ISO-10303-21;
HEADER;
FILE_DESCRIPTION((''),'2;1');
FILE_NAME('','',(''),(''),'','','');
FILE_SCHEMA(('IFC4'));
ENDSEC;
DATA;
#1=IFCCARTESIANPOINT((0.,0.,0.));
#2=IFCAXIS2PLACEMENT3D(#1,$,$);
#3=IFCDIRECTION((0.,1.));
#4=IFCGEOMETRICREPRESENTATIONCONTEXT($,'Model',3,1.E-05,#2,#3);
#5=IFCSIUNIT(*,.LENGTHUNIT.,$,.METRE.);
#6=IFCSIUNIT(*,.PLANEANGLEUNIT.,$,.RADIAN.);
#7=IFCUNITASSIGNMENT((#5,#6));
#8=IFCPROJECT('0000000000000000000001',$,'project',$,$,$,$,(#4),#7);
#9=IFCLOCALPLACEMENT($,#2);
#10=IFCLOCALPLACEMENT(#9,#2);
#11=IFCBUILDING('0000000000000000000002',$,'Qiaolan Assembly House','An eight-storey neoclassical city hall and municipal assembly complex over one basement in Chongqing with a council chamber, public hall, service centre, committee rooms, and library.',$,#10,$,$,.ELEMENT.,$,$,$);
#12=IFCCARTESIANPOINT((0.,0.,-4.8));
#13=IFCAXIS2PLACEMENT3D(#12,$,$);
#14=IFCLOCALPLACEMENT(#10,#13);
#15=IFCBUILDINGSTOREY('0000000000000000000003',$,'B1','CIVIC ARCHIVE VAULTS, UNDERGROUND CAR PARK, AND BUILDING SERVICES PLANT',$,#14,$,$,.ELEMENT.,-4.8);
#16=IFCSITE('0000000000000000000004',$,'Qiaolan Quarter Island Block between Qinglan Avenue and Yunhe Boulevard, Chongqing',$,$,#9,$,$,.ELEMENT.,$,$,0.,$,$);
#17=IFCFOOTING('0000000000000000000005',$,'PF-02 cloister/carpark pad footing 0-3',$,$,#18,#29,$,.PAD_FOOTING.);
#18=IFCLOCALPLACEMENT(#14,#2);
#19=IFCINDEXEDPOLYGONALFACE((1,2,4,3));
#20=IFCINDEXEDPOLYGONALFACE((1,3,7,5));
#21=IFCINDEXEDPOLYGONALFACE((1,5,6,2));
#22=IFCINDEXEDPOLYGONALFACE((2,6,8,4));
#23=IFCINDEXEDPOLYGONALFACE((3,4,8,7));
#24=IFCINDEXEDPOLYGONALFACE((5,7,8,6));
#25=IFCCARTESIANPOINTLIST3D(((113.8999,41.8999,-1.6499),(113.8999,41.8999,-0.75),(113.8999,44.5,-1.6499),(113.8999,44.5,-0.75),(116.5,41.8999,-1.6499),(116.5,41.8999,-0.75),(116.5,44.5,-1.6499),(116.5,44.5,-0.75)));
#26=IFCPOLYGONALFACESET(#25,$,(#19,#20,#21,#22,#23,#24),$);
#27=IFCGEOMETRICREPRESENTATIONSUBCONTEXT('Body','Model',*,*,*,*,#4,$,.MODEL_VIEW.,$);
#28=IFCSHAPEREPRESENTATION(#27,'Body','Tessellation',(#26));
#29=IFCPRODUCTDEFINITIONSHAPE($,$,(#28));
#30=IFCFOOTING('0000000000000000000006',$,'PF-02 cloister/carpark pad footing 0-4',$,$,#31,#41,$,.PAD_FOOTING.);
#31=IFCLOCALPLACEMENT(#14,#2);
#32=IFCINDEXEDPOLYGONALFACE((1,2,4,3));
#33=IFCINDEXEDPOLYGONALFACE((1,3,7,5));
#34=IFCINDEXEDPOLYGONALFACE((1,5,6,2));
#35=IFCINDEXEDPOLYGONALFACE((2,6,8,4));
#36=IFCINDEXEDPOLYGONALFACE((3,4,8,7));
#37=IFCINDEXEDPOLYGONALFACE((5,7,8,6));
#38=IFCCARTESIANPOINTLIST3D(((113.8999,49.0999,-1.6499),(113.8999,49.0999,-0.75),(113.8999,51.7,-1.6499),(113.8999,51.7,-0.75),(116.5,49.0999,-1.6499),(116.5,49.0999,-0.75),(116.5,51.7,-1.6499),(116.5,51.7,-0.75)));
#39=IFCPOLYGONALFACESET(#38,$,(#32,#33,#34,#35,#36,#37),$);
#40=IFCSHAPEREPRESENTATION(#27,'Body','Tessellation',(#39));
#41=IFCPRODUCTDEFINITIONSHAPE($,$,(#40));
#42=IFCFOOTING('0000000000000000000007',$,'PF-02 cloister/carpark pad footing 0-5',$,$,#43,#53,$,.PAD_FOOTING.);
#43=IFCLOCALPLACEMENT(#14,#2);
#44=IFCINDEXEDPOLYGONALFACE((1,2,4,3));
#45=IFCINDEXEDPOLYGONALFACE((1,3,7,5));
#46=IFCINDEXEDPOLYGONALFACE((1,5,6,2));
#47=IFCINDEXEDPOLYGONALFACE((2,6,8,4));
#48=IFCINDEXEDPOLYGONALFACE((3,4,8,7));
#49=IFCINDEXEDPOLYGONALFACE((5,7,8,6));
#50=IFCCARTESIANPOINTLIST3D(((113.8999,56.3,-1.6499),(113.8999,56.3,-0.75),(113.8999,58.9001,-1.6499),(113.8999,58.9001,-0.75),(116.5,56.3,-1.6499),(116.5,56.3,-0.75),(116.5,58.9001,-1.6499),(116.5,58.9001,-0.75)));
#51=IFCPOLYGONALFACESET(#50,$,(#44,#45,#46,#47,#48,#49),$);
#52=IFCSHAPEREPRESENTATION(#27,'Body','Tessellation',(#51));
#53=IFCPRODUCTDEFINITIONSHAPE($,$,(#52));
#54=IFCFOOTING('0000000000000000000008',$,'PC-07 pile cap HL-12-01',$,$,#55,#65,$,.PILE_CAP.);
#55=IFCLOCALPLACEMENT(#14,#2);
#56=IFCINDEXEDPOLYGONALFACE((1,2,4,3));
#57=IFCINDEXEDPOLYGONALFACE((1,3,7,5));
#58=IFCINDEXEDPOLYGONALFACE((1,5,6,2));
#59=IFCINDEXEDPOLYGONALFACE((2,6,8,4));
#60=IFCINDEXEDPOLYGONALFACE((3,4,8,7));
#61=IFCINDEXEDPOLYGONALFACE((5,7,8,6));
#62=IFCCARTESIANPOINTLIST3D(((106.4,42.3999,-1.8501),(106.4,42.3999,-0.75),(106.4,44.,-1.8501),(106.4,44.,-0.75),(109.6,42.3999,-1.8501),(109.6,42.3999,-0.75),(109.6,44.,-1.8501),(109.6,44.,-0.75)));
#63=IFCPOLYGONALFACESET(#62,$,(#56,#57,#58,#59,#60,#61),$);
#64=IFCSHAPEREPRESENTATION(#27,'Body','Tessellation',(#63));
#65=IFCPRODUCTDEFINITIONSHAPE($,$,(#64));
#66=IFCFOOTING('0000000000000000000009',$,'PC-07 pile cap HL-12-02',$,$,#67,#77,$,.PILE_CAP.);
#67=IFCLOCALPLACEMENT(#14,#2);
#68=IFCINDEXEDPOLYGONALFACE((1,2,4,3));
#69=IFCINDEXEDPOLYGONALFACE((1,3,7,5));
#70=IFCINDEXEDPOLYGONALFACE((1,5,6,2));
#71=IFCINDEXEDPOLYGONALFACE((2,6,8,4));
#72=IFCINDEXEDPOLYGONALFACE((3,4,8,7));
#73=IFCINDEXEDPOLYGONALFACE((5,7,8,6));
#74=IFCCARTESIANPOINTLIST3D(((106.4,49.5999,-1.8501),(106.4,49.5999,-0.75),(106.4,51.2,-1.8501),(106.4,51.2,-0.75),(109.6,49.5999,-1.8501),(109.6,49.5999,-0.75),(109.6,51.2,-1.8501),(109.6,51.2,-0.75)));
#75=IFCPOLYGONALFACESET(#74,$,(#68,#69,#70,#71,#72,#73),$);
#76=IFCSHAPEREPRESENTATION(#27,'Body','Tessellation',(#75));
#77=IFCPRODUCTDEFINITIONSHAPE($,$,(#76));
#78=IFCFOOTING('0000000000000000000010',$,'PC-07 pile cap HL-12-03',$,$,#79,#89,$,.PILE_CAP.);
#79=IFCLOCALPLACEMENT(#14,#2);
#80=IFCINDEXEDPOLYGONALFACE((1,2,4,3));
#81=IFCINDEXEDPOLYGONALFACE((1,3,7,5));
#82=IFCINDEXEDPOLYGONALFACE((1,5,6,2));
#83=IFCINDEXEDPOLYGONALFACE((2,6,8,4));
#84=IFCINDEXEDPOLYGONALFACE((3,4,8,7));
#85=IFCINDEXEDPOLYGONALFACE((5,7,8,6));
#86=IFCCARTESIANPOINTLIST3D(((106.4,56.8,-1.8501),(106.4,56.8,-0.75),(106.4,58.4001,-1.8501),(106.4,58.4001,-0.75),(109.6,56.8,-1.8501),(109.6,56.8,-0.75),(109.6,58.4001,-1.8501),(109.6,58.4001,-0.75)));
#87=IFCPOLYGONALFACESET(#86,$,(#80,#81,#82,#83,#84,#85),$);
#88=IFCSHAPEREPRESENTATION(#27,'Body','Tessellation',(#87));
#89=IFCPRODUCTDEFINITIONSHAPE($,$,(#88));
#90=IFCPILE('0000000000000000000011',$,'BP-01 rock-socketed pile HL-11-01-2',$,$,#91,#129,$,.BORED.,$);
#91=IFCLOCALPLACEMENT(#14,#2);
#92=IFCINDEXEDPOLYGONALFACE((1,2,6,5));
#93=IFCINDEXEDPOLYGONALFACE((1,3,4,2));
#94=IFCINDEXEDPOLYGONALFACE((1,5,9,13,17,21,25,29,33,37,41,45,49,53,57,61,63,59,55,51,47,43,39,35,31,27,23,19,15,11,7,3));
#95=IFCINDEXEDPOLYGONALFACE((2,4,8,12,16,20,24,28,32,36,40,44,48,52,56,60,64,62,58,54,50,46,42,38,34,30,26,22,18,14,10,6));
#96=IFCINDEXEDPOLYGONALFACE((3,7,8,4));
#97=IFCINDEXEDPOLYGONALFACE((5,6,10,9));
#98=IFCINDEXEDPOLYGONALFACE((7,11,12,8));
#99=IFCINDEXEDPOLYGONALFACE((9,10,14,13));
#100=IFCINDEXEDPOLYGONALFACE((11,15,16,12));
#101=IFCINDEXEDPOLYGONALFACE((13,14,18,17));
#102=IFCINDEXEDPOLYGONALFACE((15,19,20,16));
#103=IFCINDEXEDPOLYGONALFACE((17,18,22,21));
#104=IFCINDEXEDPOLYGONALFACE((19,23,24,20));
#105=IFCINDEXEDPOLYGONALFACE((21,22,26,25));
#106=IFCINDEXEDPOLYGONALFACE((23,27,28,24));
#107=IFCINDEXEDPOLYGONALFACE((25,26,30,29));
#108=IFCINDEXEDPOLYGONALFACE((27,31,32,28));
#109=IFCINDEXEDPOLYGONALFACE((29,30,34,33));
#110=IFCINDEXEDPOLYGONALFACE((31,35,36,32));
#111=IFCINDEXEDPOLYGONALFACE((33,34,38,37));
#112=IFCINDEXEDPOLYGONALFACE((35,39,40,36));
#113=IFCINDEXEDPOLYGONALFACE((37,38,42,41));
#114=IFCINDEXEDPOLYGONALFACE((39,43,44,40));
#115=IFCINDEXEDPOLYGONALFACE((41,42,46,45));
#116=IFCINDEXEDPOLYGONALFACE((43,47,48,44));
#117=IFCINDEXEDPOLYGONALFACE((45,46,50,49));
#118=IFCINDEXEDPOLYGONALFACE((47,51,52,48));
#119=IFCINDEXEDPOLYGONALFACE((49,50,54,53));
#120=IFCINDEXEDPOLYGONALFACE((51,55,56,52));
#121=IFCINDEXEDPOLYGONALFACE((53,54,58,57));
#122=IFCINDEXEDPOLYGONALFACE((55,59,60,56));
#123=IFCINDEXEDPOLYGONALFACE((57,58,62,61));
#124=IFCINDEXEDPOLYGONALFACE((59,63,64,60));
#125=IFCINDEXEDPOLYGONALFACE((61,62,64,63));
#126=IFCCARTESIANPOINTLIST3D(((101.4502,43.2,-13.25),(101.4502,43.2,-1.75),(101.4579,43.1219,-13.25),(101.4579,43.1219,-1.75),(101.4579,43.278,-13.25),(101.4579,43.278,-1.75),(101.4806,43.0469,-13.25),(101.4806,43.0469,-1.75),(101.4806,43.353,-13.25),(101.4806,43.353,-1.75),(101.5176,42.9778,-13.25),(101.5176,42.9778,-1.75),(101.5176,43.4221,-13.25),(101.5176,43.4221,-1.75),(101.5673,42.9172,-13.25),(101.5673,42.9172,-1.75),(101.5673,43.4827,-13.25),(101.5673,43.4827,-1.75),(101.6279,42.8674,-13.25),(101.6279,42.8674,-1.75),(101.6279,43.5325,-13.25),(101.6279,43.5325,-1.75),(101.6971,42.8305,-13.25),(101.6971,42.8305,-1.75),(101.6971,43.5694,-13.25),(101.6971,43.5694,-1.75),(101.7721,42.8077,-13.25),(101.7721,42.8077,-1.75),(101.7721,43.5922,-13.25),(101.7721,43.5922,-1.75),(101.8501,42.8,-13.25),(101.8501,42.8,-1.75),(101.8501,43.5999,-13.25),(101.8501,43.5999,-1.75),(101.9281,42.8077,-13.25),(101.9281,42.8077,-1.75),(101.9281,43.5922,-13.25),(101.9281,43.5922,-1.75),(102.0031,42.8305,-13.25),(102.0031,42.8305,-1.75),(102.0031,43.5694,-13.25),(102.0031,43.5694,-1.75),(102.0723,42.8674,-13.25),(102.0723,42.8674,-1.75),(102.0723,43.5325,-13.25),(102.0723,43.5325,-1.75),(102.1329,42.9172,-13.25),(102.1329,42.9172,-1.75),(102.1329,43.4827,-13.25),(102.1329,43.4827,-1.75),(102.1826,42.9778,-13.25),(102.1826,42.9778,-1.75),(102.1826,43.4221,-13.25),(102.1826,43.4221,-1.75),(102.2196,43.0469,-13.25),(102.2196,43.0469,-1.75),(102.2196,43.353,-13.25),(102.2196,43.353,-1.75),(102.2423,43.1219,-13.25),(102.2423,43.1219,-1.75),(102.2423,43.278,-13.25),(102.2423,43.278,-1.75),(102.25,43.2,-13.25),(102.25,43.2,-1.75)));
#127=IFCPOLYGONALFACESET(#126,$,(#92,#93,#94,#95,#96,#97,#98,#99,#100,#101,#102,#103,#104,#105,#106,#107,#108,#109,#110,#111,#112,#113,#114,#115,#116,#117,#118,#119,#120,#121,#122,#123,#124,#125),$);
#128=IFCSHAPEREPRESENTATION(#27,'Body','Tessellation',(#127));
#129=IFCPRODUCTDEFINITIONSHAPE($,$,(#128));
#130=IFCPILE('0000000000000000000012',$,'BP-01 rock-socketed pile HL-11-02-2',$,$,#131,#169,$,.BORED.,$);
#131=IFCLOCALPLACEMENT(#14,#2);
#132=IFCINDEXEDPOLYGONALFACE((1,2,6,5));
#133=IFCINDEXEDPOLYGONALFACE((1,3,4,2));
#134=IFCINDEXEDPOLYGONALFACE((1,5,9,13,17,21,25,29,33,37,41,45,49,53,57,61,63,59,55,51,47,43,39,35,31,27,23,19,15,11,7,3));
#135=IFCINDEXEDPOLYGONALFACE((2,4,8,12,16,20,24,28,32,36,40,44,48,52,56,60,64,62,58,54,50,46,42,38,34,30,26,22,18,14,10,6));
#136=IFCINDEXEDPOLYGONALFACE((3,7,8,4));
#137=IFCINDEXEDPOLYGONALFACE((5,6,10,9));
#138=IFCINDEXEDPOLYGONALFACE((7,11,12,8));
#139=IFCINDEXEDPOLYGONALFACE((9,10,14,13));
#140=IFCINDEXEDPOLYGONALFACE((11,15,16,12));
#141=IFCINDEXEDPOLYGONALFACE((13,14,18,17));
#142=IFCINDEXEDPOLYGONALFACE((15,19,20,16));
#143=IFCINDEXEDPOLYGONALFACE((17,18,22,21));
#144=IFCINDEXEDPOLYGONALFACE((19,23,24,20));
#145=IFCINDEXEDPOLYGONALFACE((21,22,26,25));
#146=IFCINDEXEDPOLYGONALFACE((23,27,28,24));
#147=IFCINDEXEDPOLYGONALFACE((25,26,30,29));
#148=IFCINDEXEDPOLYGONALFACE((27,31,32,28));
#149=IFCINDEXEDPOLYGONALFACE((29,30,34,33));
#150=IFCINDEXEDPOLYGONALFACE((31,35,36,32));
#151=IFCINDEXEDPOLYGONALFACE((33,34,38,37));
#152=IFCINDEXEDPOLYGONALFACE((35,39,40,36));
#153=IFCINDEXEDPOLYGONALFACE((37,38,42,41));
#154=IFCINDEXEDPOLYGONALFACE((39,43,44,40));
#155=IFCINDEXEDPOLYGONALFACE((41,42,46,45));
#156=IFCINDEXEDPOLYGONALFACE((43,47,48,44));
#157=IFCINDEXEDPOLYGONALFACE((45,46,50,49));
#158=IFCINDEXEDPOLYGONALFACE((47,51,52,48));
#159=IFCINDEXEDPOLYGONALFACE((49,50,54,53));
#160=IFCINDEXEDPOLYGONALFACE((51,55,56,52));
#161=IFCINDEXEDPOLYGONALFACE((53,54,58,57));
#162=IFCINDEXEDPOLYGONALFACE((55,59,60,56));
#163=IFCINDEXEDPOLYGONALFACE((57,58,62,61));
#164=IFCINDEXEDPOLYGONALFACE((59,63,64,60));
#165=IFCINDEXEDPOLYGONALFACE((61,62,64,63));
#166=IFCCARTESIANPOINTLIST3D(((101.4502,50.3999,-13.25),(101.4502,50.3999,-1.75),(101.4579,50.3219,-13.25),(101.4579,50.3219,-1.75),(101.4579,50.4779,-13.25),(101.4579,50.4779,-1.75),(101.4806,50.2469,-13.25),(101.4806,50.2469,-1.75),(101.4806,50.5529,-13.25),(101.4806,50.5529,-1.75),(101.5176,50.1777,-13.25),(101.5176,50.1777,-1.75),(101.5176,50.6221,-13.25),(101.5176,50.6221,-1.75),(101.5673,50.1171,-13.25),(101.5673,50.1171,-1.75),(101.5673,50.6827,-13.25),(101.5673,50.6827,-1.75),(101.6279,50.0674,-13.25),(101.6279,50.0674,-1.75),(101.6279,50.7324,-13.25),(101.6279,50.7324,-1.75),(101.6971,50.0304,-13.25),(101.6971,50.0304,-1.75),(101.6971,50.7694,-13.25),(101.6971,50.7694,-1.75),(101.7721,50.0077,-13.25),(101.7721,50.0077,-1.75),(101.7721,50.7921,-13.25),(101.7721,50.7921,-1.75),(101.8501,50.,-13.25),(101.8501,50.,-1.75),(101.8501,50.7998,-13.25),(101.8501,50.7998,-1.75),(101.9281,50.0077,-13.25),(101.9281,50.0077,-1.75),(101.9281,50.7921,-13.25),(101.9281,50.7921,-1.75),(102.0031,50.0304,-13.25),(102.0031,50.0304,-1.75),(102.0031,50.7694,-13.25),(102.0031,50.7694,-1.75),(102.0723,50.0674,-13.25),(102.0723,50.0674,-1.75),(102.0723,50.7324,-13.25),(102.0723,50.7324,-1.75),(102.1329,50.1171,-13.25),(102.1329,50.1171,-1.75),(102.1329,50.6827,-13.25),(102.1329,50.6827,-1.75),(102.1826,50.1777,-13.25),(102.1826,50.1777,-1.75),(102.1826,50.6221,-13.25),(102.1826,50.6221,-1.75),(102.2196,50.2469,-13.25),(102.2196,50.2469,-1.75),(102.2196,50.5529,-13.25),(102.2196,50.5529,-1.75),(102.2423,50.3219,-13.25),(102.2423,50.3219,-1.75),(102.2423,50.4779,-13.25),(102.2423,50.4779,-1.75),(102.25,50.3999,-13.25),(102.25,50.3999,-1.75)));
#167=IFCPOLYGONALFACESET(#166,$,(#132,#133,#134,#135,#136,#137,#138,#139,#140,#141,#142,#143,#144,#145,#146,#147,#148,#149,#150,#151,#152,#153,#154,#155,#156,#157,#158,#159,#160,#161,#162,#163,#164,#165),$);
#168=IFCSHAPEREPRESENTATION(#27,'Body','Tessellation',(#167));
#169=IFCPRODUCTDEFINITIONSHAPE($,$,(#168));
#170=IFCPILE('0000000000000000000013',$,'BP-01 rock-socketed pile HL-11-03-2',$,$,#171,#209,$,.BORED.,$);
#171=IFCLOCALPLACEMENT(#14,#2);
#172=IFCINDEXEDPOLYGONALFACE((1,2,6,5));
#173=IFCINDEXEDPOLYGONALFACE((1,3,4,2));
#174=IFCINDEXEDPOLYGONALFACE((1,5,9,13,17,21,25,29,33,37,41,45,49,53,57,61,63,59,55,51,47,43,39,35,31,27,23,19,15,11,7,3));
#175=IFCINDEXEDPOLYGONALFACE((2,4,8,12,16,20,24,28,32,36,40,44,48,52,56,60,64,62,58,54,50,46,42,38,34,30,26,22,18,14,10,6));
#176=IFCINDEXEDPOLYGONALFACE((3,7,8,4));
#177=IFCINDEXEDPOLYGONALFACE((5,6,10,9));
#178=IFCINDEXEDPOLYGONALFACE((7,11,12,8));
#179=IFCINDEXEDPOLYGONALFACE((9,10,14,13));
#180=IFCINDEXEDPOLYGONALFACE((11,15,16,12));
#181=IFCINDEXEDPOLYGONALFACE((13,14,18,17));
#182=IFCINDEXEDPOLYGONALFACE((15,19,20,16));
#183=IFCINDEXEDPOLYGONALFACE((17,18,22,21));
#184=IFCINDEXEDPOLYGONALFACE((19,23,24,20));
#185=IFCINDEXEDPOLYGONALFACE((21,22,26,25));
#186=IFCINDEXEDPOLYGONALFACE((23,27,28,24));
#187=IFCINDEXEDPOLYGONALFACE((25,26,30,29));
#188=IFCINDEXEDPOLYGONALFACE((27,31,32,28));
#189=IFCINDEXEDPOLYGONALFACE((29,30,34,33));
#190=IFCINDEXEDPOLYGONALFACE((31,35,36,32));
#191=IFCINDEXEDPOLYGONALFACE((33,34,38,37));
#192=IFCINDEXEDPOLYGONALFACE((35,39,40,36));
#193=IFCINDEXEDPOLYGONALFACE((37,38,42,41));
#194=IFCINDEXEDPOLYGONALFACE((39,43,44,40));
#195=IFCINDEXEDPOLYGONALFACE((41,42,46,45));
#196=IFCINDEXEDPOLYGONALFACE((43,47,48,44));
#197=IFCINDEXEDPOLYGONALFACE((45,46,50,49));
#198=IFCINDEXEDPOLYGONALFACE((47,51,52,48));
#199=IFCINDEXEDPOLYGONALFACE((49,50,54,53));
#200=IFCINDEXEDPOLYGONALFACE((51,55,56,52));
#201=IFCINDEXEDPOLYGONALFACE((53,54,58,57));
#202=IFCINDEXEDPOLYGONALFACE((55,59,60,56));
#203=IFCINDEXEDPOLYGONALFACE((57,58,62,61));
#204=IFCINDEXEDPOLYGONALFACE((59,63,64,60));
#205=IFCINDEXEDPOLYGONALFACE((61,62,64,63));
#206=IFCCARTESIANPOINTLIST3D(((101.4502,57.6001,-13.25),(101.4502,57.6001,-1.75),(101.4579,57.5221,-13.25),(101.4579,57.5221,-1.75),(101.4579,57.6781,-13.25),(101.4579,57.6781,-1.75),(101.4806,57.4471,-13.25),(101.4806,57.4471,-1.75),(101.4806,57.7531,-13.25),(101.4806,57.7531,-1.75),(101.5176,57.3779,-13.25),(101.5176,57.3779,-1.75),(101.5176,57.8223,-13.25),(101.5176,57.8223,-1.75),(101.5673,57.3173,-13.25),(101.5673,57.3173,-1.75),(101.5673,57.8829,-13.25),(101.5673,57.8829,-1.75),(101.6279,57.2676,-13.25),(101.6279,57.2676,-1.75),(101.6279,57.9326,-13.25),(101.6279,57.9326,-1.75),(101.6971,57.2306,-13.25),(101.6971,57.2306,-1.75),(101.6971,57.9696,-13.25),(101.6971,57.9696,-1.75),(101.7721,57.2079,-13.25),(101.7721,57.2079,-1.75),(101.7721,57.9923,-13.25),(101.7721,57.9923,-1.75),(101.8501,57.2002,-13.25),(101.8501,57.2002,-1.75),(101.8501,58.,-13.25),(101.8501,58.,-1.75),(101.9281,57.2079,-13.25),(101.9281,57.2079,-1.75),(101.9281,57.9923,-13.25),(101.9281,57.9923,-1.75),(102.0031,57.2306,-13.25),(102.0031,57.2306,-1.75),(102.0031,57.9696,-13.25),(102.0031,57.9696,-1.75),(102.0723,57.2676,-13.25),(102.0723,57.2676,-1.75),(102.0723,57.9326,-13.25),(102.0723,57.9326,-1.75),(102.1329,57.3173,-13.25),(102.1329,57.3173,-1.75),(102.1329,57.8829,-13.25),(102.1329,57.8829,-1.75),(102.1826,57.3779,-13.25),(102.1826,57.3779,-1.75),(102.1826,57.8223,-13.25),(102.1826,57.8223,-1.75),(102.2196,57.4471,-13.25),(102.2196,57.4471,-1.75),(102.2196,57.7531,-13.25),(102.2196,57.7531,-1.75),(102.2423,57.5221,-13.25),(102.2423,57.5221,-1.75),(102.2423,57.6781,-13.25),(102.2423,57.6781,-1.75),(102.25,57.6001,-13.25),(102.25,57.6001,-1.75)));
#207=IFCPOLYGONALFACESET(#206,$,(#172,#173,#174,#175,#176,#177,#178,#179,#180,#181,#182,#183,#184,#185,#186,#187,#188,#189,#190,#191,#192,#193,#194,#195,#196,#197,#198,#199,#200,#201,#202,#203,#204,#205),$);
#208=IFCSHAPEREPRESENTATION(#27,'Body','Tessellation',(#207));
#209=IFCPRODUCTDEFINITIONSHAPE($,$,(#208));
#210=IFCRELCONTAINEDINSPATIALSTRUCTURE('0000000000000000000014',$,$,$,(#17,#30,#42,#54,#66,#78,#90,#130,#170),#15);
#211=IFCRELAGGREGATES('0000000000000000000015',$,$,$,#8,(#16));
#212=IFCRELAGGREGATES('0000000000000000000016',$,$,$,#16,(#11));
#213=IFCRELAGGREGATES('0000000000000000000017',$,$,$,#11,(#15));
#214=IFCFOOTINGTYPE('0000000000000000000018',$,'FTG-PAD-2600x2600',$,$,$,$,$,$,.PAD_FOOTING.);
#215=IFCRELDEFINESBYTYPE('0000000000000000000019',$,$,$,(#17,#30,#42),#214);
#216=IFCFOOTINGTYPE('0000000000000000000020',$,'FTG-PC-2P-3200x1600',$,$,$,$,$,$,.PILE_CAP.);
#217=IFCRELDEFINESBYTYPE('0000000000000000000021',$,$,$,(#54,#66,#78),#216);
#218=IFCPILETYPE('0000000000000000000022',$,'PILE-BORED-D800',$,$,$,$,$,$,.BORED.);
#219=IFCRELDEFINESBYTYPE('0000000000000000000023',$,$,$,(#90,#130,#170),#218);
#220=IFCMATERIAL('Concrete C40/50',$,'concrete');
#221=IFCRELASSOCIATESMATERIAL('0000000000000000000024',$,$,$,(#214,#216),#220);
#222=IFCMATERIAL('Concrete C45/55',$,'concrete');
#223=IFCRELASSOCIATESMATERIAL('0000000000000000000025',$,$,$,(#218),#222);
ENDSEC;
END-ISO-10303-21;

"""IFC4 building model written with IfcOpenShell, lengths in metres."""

from ifc_helpers import new_model, si_unit, direction, frame, origin, origin_2d, place, context, subcontext, project, spatial, rectangle, circle, extrude, material, material_profile, profile_set, type_object, element, save


model = new_model("IFC4")

# Units and contexts
model_context = context("Model", 3, precision=1e-05, world=origin(), true_north=direction((0.0, 1.0)))
body_context = subcontext(model_context, "Body", "Model", "MODEL_VIEW")
ifc_project = project(units=[si_unit("LENGTHUNIT", "METRE"), si_unit("PLANEANGLEUNIT", "RADIAN")], contexts=[model_context])

# Site, building, storey
site_placement = place(None, origin())
site = spatial("IfcSite", under=ifc_project, at=site_placement, Name="Qiaolan Quarter Island Block between Qinglan Avenue and Yunhe Boulevard, Chongqing", CompositionType="ELEMENT", RefElevation=0.0)
building_placement = place(site_placement, origin())
building = spatial("IfcBuilding", under=site, at=building_placement, Name="Qiaolan Assembly House", Description="An eight-storey neoclassical city hall and municipal assembly complex over one basement in Chongqing with a council chamber, public hall, service centre, committee rooms, and library.", CompositionType="ELEMENT")
storey_placement = place(building_placement, frame((0.0, 0.0, -4.8)))
storey = spatial("IfcBuildingStorey", under=building, at=storey_placement, Name="B1", Description="CIVIC ARCHIVE VAULTS, UNDERGROUND CAR PARK, AND BUILDING SERVICES PLANT", CompositionType="ELEMENT", Elevation=-4.8)

# Footings
ifc_material_1 = material(Name="Concrete C40/50", Category="concrete")
footing_type_1 = type_object("IfcFootingType", Name="FTG-PAD-2600x2600", PredefinedType="PAD_FOOTING", material=ifc_material_1)
for number, where, z_axis, x_axis, name in (
    (1, (115.2, 43.2, -1.6499), (0.0, 0.0, 1.0), (1.0, 0.0, 0.0), "PF-02 cloister/carpark pad footing 0-3"),
    (2, (115.2, 50.3999, -1.6499), (0.0, 0.0, 1.0), (1.0, 0.0, 0.0), "PF-02 cloister/carpark pad footing 0-4"),
    (3, (115.2, 57.6001, -1.6499), (0.0, 0.0, 1.0), (1.0, 0.0, 0.0), "PF-02 cloister/carpark pad footing 0-5"),
):
    element("IfcFooting", number, at=place(storey_placement, frame(where, z_axis=z_axis, x_axis=x_axis)), inside=storey, type_object=footing_type_1, Name=name, PredefinedType="PAD_FOOTING", context=body_context, shape_type="SweptSolid", body=[
        extrude(rectangle(XDim=2.6001, YDim=2.6001, at=origin_2d()), origin(), (0.0, 0.0, 1.0), 0.8999),
    ])
footing_type_2 = type_object("IfcFootingType", Name="FTG-PC-2P-3200x1600", PredefinedType="PILE_CAP", material=ifc_material_1)
for number, where, z_axis, x_axis, name in (
    (4, (108.0, 43.2, -1.8501), (0.0, 0.0, 1.0), (1.0, 0.0, 0.0), "PC-07 pile cap HL-12-01"),
    (5, (108.0, 50.3999, -1.8501), (0.0, 0.0, 1.0), (1.0, 0.0, 0.0), "PC-07 pile cap HL-12-02"),
    (6, (108.0, 57.6001, -1.8501), (0.0, 0.0, 1.0), (1.0, 0.0, 0.0), "PC-07 pile cap HL-12-03"),
):
    element("IfcFooting", number, at=place(storey_placement, frame(where, z_axis=z_axis, x_axis=x_axis)), inside=storey, type_object=footing_type_2, Name=name, PredefinedType="PILE_CAP", context=body_context, shape_type="SweptSolid", body=[
        extrude(rectangle(XDim=3.2, YDim=1.6001, at=origin_2d()), origin(), (0.0, 0.0, 1.0), 1.1001),
    ])

# Piles
ifc_material_2 = material(Name="Concrete C45/55", Category="concrete")
ifc_material_profile_1 = material_profile(ifc_material_2, circle(Radius=0.3999, at=origin_2d()), Name="PILE D800")
ifc_profile_set_1 = profile_set([ifc_material_profile_1], Name="Concrete C45/55")
pile_type = type_object("IfcPileType", Name="PILE-BORED-D800", PredefinedType="BORED", material=ifc_profile_set_1)
for number, where, z_axis, x_axis, name in (
    (7, (101.8501, 43.2, -1.75), (0.0, 0.0, -1.0), (1.0, 0.0, 0.0), "BP-01 rock-socketed pile HL-11-01-2"),
    (8, (101.8501, 50.3999, -1.75), (0.0, 0.0, -1.0), (1.0, 0.0, 0.0), "BP-01 rock-socketed pile HL-11-02-2"),
    (9, (101.8501, 57.6001, -1.75), (0.0, 0.0, -1.0), (1.0, 0.0, 0.0), "BP-01 rock-socketed pile HL-11-03-2"),
):
    element("IfcPile", number, at=place(storey_placement, frame(where, z_axis=z_axis, x_axis=x_axis)), inside=storey, type_object=pile_type, Name=name, PredefinedType="BORED", context=body_context, shape_type="SweptSolid", body=[
        extrude(circle(Radius=0.3999, at=origin_2d()), origin(), (0.0, 0.0, 1.0), 11.5),
    ])

save(model, "model.ifc")
